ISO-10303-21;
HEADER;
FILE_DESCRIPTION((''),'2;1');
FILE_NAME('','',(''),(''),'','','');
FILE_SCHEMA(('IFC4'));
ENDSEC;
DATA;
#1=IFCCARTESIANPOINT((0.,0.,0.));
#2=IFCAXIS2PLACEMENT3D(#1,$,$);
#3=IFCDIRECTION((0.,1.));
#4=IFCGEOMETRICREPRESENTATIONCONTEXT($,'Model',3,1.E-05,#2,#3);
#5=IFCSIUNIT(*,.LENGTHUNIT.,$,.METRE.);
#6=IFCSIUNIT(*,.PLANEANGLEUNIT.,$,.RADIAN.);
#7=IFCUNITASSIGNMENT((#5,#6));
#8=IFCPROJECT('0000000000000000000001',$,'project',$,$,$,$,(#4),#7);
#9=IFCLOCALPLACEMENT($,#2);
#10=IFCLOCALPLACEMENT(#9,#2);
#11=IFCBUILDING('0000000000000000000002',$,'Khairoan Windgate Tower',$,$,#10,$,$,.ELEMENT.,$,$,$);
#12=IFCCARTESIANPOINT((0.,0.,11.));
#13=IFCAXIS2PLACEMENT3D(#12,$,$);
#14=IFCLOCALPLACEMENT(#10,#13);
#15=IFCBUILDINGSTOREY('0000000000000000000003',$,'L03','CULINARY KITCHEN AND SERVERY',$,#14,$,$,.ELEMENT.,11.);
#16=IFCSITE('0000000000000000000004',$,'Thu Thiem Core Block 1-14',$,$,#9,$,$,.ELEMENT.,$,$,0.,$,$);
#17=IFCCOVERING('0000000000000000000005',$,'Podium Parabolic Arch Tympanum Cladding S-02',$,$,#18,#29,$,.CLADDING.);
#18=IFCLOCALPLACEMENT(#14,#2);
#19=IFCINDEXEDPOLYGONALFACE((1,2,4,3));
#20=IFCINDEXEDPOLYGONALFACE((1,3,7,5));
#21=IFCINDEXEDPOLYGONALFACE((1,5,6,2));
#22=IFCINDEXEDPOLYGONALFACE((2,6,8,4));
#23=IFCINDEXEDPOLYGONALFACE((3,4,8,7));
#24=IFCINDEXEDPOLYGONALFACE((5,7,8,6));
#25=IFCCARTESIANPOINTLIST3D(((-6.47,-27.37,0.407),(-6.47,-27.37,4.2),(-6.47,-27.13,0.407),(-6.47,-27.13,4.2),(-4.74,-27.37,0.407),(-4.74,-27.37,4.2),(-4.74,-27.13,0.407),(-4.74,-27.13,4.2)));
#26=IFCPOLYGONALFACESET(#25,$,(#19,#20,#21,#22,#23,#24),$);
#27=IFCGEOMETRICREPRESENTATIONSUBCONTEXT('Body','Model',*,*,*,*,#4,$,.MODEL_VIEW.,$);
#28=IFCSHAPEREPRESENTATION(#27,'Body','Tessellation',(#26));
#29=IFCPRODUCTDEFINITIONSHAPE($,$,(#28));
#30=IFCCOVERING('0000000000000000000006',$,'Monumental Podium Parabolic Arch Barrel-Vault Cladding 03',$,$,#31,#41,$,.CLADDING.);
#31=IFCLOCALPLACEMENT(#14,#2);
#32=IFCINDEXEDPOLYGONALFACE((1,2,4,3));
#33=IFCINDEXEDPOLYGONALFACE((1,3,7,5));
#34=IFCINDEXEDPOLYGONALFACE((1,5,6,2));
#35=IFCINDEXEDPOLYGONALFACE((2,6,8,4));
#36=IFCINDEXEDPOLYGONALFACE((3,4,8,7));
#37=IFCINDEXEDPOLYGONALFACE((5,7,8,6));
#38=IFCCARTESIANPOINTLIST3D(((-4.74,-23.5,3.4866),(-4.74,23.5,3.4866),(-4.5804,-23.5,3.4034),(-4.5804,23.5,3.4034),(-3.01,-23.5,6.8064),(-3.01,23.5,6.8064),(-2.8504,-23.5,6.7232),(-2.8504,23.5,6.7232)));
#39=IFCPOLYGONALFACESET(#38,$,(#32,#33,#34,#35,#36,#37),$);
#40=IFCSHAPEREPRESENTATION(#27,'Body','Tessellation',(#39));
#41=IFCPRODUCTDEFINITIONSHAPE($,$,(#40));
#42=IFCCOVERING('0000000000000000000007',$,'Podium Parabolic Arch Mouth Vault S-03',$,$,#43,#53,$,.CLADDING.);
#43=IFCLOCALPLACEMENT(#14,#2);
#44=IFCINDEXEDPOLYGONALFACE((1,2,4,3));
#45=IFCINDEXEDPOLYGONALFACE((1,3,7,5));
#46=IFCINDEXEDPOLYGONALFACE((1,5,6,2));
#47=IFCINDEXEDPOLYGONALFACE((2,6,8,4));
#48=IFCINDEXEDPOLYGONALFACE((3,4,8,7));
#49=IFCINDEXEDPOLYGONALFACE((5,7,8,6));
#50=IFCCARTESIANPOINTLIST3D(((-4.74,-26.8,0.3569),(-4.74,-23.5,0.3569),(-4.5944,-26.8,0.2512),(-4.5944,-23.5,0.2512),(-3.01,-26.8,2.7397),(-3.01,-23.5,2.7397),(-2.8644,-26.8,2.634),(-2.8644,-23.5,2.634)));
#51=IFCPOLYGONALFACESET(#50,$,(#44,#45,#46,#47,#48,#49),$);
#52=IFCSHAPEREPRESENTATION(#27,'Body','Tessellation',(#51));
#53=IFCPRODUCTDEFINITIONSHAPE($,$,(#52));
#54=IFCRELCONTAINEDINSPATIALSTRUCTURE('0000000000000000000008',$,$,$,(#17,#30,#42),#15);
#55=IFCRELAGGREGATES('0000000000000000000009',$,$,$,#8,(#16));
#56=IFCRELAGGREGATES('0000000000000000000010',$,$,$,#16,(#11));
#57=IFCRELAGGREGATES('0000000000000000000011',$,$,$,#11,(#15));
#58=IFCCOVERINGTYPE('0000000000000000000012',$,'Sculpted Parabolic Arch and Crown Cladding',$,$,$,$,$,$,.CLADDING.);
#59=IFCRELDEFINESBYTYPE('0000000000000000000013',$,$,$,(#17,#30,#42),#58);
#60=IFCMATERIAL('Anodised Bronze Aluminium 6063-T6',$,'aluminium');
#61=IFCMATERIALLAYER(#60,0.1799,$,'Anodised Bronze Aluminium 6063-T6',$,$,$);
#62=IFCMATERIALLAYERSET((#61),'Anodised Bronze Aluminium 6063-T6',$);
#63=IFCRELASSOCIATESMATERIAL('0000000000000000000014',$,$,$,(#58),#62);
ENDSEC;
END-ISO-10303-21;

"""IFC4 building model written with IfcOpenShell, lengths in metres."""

from ifc_helpers import new_model, si_unit, direction, frame, origin, origin_2d, place, context, subcontext, project, spatial, polyline, rectangle, outline, extrude, material, layer, layer_set, type_object, element, save


model = new_model("IFC4")

# Units and contexts
model_context = context("Model", 3, precision=1e-05, world=origin(), true_north=direction((0.0, 1.0)))
body_context = subcontext(model_context, "Body", "Model", "MODEL_VIEW")
ifc_project = project(units=[si_unit("LENGTHUNIT", "METRE"), si_unit("PLANEANGLEUNIT", "RADIAN")], contexts=[model_context])

# Site, building, storey
site_placement = place(None, origin())
site = spatial("IfcSite", under=ifc_project, at=site_placement, Name="Thu Thiem Core Block 1-14", CompositionType="ELEMENT", RefElevation=0.0)
building_placement = place(site_placement, origin())
building = spatial("IfcBuilding", under=site, at=building_placement, Name="Khairoan Windgate Tower", CompositionType="ELEMENT")
storey_placement = place(building_placement, frame((0.0, 0.0, 11.0)))
storey = spatial("IfcBuildingStorey", under=building, at=storey_placement, Name="L03", Description="CULINARY KITCHEN AND SERVERY", CompositionType="ELEMENT", Elevation=11.0)

# Coverings
ifc_material_1 = material(Name="Anodised Bronze Aluminium 6063-T6", Category="aluminium")
ifc_layer_1 = layer(ifc_material_1, 0.1799, Name="Anodised Bronze Aluminium 6063-T6")
ifc_layer_set_1 = layer_set([ifc_layer_1], Name="Anodised Bronze Aluminium 6063-T6")
covering_type_1 = type_object("IfcCoveringType", Name="Sculpted Parabolic Arch and Crown Cladding", PredefinedType="CLADDING", material=ifc_layer_set_1)
covering_1_placement = place(storey_placement, frame((-5.605, -27.25, 0.407), z_axis=(0.0, 0.0, 1.0), x_axis=(1.0, 0.0, 0.0)))
element("IfcCovering", 1, at=covering_1_placement, inside=storey, type_object=covering_type_1, Name="Podium Parabolic Arch Tympanum Cladding S-02", PredefinedType="CLADDING", context=body_context, shape_type="SweptSolid", body=[
    extrude(rectangle(XDim=1.73, YDim=0.24, at=origin_2d()), origin(), (0.0, 0.0, 1.0), 3.793),
])
covering_2_placement = place(storey_placement, frame((-4.74, -23.5, 3.4866), z_axis=(-0.886815, 0.0, 0.462125), x_axis=(0.462125, 0.0, 0.886815)))
element("IfcCovering", 2, at=covering_2_placement, inside=storey, type_object=covering_type_1, Name="Monumental Podium Parabolic Arch Barrel-Vault Cladding 03", PredefinedType="CLADDING", context=body_context, shape_type="SweptSolid", body=[
    extrude(outline(polyline([(0.0, 0.0), (3.7435, 0.0), (3.7435, 47.0), (0.0, 47.0), (0.0, 0.0)])), origin(), (0.0, 0.0, -1.0), 0.1799),
])
covering_3_placement = place(storey_placement, frame((-4.74, -26.8, 0.3569), z_axis=(-0.809216, 0.0, 0.587511), x_axis=(0.587511, 0.0, 0.809216)))
element("IfcCovering", 3, at=covering_3_placement, inside=storey, type_object=covering_type_1, Name="Podium Parabolic Arch Mouth Vault S-03", PredefinedType="CLADDING", context=body_context, shape_type="SweptSolid", body=[
    extrude(outline(polyline([(0.0, 0.0), (2.9446, 0.0), (2.9446, 3.3), (0.0, 3.3), (0.0, 0.0)])), origin(), (0.0, 0.0, -1.0), 0.1799),
])

save(model, "model.ifc")
